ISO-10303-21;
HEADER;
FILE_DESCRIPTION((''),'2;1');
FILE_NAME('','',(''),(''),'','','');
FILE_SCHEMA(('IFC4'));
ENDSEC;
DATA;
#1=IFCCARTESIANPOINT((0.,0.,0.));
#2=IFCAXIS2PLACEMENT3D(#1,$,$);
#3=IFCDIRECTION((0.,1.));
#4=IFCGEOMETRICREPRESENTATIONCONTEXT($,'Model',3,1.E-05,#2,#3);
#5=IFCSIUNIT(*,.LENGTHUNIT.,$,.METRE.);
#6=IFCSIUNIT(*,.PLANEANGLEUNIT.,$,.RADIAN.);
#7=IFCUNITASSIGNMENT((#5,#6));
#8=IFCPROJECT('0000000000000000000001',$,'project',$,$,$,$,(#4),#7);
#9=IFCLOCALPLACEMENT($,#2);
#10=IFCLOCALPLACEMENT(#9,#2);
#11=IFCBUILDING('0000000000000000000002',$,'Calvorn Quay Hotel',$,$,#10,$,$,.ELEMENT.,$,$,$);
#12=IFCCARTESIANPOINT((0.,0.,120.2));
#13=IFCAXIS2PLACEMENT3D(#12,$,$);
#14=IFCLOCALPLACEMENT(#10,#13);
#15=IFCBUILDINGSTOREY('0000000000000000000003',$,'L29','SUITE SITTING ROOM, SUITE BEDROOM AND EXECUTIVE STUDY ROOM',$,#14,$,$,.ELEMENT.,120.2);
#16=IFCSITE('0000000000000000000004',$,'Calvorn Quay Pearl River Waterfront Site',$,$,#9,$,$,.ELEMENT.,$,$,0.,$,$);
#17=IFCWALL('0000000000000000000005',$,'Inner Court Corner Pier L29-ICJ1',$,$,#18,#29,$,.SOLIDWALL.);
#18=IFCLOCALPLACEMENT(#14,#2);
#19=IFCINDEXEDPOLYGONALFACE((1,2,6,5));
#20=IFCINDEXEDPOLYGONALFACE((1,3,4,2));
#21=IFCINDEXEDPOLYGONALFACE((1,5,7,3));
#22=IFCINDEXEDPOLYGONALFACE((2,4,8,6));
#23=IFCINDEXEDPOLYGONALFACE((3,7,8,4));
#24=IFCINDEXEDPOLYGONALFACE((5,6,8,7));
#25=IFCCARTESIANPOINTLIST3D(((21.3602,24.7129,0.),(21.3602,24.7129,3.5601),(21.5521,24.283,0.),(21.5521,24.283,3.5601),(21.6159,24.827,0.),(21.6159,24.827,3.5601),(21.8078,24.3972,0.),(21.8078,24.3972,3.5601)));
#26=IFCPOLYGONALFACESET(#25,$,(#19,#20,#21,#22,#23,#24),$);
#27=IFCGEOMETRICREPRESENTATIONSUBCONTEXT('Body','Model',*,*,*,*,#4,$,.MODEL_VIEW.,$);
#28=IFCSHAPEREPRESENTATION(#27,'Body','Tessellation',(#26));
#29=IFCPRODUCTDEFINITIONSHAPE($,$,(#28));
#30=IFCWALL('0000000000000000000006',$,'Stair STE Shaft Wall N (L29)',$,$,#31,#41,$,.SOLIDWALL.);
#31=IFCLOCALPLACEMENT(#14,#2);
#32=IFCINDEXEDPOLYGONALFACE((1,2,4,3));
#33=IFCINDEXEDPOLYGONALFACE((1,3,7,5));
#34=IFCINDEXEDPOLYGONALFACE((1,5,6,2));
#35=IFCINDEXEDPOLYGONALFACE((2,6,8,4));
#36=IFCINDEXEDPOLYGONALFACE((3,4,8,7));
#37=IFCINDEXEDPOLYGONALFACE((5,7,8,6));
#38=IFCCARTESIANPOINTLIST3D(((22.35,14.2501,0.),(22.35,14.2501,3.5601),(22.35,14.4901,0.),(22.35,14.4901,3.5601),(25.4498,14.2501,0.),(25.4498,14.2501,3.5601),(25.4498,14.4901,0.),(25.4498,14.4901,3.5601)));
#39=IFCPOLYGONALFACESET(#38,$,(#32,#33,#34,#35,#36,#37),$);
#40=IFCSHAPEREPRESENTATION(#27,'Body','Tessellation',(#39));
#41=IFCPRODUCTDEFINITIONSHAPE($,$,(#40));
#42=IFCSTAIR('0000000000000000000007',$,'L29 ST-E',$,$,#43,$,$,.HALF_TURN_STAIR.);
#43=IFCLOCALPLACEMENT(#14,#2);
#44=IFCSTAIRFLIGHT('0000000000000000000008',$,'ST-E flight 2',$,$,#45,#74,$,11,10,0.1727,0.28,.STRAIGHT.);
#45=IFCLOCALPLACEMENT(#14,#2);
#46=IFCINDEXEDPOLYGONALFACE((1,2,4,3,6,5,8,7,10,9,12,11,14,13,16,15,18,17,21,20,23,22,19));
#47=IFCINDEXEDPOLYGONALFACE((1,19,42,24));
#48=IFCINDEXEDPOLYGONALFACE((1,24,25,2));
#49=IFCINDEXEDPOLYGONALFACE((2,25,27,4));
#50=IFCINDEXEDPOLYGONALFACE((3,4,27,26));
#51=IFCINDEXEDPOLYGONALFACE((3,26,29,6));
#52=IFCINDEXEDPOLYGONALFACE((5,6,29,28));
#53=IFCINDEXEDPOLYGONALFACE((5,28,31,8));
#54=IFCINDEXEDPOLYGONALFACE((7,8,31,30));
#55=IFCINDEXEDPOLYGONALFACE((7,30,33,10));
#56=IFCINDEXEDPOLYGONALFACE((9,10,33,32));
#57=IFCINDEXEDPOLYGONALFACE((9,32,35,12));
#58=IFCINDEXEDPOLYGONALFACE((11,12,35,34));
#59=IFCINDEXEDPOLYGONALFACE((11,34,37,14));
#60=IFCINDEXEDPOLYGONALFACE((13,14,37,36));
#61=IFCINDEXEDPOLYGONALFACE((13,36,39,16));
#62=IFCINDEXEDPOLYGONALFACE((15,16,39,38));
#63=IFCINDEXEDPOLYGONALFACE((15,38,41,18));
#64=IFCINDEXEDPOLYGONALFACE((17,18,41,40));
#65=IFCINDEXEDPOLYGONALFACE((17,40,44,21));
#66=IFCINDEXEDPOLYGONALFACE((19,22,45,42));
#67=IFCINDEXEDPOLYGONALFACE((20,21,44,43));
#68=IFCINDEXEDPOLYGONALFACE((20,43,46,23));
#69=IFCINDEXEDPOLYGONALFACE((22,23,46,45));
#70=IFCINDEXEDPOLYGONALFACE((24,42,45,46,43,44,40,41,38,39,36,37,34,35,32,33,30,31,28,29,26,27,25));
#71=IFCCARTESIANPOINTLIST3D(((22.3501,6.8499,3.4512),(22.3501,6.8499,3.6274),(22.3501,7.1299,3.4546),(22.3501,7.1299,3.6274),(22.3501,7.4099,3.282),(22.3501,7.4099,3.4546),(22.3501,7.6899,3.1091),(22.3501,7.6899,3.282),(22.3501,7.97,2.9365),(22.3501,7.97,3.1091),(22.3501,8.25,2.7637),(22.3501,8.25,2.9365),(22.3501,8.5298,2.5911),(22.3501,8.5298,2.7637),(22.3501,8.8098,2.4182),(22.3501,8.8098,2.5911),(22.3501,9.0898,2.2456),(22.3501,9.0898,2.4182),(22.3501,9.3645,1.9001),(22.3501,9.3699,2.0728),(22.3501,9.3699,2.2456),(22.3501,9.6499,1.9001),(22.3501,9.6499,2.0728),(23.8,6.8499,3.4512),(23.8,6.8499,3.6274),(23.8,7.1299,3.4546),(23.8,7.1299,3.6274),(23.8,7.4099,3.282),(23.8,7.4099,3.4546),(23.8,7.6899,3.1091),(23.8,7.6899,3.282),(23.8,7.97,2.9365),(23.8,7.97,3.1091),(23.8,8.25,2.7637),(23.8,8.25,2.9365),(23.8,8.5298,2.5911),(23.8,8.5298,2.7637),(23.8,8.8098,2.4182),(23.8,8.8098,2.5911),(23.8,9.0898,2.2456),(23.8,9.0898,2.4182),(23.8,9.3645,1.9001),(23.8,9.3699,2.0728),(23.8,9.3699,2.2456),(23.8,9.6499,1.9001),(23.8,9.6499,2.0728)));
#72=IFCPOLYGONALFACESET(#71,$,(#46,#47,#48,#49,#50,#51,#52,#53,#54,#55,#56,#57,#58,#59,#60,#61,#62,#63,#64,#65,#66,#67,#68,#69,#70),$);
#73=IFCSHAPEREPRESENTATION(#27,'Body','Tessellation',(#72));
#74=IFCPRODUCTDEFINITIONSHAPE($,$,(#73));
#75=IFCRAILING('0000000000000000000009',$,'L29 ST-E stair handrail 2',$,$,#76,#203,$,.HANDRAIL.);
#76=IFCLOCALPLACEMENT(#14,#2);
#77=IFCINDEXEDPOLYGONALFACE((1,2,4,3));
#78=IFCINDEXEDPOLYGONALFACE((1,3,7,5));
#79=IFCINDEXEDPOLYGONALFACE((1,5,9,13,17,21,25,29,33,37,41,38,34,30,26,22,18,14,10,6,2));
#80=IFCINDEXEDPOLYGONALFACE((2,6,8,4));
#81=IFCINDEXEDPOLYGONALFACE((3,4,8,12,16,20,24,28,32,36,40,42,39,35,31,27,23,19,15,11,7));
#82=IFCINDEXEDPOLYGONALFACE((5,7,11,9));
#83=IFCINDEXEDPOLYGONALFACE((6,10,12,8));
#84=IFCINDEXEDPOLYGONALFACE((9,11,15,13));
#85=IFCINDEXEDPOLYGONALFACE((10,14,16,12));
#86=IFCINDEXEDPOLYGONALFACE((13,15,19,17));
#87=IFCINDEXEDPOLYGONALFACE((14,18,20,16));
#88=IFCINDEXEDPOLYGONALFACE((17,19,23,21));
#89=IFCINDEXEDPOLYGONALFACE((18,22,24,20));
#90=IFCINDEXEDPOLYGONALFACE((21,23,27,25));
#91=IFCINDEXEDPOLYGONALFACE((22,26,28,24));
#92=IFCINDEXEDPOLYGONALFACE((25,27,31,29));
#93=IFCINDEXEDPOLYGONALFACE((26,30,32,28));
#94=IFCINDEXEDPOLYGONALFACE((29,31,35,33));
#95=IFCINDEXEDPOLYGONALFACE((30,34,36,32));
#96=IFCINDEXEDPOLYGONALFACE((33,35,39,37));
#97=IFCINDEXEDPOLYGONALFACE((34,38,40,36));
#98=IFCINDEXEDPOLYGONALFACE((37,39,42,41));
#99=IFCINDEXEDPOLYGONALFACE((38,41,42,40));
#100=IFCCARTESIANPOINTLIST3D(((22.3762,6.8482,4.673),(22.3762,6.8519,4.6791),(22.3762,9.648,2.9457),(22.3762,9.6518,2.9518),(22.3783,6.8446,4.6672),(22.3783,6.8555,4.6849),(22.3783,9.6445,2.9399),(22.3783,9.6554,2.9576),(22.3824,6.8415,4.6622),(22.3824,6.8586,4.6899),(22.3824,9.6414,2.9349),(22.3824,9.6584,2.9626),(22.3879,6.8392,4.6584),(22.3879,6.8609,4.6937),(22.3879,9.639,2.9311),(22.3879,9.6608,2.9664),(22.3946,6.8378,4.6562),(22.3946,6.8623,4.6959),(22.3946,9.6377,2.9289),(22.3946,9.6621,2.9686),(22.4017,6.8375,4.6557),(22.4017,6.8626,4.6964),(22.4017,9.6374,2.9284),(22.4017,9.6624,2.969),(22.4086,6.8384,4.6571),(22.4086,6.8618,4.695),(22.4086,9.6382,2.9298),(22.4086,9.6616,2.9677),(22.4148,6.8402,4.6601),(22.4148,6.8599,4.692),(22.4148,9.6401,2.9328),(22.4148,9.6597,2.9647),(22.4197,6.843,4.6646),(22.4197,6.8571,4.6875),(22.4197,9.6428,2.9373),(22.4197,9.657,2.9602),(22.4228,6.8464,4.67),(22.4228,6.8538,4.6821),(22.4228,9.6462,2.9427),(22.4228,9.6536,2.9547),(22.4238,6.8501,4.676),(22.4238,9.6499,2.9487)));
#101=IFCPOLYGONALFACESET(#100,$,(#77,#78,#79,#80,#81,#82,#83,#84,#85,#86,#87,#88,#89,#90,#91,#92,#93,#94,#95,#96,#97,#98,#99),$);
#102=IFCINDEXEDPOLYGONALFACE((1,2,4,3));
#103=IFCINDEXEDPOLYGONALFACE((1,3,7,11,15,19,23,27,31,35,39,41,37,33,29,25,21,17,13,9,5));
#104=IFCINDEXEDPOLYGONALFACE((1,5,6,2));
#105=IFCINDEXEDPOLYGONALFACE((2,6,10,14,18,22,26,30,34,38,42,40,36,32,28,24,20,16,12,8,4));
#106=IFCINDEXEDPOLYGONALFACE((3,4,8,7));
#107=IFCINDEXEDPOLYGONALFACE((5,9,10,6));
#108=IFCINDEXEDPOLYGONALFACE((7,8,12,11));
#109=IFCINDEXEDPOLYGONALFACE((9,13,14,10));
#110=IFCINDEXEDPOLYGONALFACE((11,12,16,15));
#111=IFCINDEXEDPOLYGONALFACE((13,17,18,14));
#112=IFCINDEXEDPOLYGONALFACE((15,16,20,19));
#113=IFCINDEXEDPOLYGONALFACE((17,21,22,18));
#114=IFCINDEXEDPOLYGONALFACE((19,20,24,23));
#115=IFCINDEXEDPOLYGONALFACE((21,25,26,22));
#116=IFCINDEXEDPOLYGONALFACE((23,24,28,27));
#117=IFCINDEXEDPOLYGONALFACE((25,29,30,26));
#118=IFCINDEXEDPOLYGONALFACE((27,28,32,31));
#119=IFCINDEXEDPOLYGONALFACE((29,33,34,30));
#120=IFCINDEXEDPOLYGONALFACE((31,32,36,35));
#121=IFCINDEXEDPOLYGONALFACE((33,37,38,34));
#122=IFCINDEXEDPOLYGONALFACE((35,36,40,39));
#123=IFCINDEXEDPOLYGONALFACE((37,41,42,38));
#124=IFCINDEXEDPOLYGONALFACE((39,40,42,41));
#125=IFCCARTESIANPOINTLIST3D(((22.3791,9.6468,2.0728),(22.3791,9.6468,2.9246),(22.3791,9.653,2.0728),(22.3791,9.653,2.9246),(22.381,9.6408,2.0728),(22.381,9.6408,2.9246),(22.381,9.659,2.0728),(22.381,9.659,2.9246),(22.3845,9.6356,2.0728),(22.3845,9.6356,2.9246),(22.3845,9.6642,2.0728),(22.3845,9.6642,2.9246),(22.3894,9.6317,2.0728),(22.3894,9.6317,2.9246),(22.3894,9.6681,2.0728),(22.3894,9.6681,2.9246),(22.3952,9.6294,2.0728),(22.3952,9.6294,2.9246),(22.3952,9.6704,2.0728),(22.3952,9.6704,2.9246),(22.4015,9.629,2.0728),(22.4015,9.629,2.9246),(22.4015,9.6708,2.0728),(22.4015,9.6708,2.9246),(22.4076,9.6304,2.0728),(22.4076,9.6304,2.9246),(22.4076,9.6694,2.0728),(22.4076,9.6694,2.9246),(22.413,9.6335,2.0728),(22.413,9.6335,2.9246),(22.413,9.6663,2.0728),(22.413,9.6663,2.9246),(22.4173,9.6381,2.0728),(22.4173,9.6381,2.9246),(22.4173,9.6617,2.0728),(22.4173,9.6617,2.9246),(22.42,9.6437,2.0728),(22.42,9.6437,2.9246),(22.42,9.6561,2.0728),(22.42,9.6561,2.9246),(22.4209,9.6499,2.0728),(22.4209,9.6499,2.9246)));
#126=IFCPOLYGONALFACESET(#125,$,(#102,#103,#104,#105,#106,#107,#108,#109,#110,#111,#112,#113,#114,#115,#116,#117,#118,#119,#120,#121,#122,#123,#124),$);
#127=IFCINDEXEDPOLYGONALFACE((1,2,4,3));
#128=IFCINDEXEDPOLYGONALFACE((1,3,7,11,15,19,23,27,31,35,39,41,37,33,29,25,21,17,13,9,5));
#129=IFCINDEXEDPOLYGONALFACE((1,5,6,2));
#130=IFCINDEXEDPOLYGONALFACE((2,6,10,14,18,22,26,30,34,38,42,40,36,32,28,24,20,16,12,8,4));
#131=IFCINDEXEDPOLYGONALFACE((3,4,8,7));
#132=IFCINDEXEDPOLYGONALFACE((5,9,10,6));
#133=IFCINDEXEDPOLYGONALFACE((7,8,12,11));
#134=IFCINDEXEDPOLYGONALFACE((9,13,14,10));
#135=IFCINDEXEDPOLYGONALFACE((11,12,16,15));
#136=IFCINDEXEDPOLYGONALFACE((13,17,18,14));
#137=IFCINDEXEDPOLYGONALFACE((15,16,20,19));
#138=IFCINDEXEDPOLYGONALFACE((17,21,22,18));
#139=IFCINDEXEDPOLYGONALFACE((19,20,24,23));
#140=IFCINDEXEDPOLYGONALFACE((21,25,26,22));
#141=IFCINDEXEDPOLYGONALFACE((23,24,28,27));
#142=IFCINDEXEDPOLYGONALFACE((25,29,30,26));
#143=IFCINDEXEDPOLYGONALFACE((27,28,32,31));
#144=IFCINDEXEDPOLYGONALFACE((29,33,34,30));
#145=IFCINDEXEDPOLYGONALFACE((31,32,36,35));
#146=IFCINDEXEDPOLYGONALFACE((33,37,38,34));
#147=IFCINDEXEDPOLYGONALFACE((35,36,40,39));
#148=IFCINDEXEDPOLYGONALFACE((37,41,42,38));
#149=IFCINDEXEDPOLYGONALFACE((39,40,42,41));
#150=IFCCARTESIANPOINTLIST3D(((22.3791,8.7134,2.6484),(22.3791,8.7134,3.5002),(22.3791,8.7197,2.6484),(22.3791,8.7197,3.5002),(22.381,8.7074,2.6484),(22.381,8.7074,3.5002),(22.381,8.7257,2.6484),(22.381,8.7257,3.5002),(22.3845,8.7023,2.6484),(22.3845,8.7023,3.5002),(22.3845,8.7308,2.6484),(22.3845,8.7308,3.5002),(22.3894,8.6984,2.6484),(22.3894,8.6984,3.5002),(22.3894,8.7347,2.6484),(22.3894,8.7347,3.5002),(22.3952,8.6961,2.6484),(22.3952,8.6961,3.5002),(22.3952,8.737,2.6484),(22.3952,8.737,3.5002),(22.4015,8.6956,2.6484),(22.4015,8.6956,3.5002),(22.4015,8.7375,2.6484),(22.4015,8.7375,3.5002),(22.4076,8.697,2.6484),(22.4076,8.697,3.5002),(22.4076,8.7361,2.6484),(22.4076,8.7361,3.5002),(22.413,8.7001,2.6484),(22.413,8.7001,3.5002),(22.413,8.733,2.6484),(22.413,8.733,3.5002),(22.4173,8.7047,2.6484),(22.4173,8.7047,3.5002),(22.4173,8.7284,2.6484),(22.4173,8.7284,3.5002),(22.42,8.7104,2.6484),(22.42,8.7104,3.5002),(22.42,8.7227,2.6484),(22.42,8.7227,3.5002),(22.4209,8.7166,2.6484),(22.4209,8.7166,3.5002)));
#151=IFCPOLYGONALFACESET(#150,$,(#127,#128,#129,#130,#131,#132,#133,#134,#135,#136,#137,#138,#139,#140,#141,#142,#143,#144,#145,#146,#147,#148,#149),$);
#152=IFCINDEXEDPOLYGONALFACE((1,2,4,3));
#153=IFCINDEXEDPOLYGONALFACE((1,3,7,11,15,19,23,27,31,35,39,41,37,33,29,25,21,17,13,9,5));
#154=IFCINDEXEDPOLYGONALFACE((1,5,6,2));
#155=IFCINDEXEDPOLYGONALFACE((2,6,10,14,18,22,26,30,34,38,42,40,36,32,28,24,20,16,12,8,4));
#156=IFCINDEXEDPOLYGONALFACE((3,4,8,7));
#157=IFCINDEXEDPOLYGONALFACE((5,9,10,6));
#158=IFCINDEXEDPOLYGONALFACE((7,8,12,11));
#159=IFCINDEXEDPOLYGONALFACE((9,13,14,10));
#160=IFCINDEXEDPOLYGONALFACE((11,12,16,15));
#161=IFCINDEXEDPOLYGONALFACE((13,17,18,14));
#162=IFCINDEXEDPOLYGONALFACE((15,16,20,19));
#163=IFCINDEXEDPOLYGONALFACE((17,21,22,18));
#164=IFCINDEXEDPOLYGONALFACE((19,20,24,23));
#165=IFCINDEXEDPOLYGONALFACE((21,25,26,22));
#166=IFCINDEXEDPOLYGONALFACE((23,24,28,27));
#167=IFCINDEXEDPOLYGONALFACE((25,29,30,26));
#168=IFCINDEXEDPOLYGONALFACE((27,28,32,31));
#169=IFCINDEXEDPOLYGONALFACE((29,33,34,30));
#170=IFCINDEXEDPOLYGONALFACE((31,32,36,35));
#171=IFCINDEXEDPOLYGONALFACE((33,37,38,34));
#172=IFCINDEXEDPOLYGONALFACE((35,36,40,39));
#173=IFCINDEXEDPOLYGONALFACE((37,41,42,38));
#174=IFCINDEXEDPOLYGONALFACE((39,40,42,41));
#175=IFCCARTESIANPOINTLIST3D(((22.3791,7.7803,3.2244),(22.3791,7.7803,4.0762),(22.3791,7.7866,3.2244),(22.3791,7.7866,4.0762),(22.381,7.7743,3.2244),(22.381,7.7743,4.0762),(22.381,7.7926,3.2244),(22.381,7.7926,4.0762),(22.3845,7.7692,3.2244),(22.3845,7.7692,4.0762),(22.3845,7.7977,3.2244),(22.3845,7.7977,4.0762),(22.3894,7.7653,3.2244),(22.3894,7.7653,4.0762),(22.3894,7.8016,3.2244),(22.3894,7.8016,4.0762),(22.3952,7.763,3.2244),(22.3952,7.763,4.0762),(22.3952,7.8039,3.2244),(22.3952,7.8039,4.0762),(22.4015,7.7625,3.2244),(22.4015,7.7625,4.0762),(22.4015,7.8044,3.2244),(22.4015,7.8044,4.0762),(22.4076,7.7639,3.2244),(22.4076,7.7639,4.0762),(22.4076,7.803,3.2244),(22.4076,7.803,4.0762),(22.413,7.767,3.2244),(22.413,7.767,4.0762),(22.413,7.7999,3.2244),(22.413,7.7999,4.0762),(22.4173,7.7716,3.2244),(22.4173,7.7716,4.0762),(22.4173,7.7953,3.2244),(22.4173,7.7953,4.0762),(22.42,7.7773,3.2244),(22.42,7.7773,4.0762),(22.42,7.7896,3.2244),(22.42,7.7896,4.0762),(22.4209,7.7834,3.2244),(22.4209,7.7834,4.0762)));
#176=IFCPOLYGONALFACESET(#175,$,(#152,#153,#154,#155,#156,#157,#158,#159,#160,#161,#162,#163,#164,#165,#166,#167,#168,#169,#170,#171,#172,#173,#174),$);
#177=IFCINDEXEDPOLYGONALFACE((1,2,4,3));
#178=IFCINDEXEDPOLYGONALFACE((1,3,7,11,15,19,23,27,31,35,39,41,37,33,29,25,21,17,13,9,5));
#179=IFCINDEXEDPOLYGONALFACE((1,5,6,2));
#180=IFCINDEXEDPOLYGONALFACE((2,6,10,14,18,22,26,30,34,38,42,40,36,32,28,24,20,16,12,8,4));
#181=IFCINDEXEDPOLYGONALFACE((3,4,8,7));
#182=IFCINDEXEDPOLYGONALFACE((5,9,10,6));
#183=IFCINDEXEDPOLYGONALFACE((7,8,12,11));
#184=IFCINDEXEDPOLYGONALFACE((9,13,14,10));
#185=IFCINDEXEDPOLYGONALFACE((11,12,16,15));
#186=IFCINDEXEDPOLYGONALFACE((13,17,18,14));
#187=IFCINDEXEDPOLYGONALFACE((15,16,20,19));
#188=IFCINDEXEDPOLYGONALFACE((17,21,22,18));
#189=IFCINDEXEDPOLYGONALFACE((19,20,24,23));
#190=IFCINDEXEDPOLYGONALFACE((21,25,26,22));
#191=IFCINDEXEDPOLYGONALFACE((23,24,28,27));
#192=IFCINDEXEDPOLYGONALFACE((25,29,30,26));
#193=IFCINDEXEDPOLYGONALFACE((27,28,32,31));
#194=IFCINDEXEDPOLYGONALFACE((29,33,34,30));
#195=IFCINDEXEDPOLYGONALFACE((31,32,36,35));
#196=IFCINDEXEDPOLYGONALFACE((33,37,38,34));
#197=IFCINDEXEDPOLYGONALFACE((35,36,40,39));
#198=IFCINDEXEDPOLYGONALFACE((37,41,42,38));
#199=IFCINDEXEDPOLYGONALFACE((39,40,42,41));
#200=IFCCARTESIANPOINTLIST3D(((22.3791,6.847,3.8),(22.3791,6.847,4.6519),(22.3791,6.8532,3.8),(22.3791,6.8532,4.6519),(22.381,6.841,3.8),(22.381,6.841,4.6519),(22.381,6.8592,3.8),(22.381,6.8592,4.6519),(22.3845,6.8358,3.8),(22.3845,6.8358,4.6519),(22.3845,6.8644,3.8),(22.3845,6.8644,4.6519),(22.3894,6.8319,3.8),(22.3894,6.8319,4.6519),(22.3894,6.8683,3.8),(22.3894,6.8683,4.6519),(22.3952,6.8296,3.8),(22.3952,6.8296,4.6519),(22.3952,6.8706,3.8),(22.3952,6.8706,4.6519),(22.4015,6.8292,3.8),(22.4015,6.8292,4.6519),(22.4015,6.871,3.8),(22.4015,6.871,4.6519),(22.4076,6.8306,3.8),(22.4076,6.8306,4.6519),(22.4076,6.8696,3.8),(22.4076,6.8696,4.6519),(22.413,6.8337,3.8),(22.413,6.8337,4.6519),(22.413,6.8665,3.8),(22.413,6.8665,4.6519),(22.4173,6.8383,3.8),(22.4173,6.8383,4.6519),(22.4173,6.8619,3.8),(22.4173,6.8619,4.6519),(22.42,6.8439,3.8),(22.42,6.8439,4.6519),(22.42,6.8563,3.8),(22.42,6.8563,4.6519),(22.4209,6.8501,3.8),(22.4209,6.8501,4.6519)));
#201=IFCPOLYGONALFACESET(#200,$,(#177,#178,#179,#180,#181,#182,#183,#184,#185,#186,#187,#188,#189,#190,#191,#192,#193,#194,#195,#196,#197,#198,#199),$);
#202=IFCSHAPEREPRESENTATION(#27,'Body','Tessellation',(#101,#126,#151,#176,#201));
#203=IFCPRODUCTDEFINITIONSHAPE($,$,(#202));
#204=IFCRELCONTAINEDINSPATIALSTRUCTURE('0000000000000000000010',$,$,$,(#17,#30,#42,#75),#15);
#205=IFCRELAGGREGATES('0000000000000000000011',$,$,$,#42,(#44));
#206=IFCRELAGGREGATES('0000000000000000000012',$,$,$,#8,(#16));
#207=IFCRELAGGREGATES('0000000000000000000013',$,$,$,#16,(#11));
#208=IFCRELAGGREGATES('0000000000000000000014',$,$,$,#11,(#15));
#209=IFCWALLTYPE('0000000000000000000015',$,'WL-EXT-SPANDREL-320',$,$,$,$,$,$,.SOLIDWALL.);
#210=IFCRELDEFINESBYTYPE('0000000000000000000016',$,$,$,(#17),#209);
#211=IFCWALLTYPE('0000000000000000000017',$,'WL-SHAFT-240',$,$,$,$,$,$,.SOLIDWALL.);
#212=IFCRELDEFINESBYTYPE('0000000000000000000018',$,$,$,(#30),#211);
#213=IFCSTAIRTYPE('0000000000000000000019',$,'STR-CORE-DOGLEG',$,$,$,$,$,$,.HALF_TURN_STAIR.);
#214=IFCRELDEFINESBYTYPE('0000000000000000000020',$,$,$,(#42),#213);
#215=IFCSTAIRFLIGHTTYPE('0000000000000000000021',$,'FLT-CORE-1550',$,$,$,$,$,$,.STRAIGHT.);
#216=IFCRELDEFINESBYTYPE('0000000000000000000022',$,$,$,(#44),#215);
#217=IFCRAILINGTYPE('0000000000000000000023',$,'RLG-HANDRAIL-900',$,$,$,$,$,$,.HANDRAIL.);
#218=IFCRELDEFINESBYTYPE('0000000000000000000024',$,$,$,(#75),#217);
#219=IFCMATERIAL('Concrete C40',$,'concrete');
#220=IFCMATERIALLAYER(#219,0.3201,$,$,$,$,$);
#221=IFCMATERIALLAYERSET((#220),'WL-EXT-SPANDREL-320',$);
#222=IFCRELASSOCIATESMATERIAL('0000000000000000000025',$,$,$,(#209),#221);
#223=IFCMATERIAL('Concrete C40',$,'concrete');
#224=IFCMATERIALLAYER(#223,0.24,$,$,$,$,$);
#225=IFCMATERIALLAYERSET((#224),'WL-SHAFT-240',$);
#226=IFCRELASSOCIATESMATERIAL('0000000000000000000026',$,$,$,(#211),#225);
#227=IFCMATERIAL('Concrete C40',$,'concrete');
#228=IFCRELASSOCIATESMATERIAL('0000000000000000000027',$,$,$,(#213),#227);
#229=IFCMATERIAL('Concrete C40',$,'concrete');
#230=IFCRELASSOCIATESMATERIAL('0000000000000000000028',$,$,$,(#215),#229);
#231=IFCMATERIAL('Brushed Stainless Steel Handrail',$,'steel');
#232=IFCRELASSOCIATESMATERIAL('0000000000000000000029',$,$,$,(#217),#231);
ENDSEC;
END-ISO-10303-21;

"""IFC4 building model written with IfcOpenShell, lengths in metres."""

from ifc_helpers import new_model, si_unit, direction, frame, frame_2d, origin, origin_2d, place, context, subcontext, project, spatial, polyline, rectangle, circle, outline, extrude, material, layer, layer_set, type_object, element, aggregate, save


model = new_model("IFC4")

# Units and contexts
model_context = context("Model", 3, precision=1e-05, world=origin(), true_north=direction((0.0, 1.0)))
body_context = subcontext(model_context, "Body", "Model", "MODEL_VIEW")
ifc_project = project(units=[si_unit("LENGTHUNIT", "METRE"), si_unit("PLANEANGLEUNIT", "RADIAN")], contexts=[model_context])

# Site, building, storey
site_placement = place(None, origin())
site = spatial("IfcSite", under=ifc_project, at=site_placement, Name="Calvorn Quay Pearl River Waterfront Site", CompositionType="ELEMENT", RefElevation=0.0)
building_placement = place(site_placement, origin())
building = spatial("IfcBuilding", under=site, at=building_placement, Name="Calvorn Quay Hotel", CompositionType="ELEMENT")
storey_placement = place(building_placement, frame((0.0, 0.0, 120.2)))
storey = spatial("IfcBuildingStorey", under=building, at=storey_placement, Name="L29", Description="SUITE SITTING ROOM, SUITE BEDROOM AND EXECUTIVE STUDY ROOM", CompositionType="ELEMENT", Elevation=120.2)

# Walls
ifc_material_1 = material(Name="Concrete C40", Category="concrete")
ifc_layer_1 = layer(ifc_material_1, 0.3201)
ifc_layer_set_1 = layer_set([ifc_layer_1], Name="WL-EXT-SPANDREL-320")
wall_type_1 = type_object("IfcWallType", Name="WL-EXT-SPANDREL-320", PredefinedType="SOLIDWALL", material=ifc_layer_set_1)
wall_1_placement = place(storey_placement, frame((21.6799, 24.3401, 0.0), z_axis=(0.0, 0.0, 1.0), x_axis=(-0.407581, 0.913169, 0.0)))
element("IfcWall", 1, at=wall_1_placement, inside=storey, type_object=wall_type_1, Name="Inner Court Corner Pier L29-ICJ1", PredefinedType="SOLIDWALL", context=body_context, shape_type="SweptSolid", body=[
    extrude(rectangle(XDim=0.4707, YDim=0.28, at=frame_2d((0.2354, 0.0))), origin(), (0.0, 0.0, 1.0), 3.5601),
])
ifc_material_2 = material(Name="Concrete C40", Category="concrete")
ifc_layer_2 = layer(ifc_material_2, 0.24)
ifc_layer_set_2 = layer_set([ifc_layer_2], Name="WL-SHAFT-240")
wall_type_2 = type_object("IfcWallType", Name="WL-SHAFT-240", PredefinedType="SOLIDWALL", material=ifc_layer_set_2)
wall_2_placement = place(storey_placement, frame((22.3501, 14.3701, 0.0), z_axis=(0.0, 0.0, 1.0), x_axis=(1.0, 0.0, 0.0)))
element("IfcWall", 2, at=wall_2_placement, inside=storey, type_object=wall_type_2, Name="Stair STE Shaft Wall N (L29)", PredefinedType="SOLIDWALL", context=body_context, shape_type="SweptSolid", body=[
    extrude(rectangle(XDim=3.0999, YDim=0.24, at=frame_2d((1.5498, 0.0))), origin(), (0.0, 0.0, 1.0), 3.5601),
])

# Stair, stair flight
ifc_material_3 = material(Name="Concrete C40", Category="concrete")
stair_type = type_object("IfcStairType", Name="STR-CORE-DOGLEG", PredefinedType="HALF_TURN_STAIR", material=ifc_material_3)
stair_placement = place(storey_placement, origin())
stair = element("IfcStair", 3, at=stair_placement, inside=storey, type_object=stair_type, Name="L29 ST-E", PredefinedType="HALF_TURN_STAIR")
ifc_material_4 = material(Name="Concrete C40", Category="concrete")
stair_flight_type = type_object("IfcStairFlightType", Name="FLT-CORE-1550", PredefinedType="STRAIGHT", material=ifc_material_4)
stair_flight_placement = place(storey_placement, frame((23.075, 9.6499, 1.9001), z_axis=(0.0, 0.0, 1.0), x_axis=(0.0, -1.0, 0.0)))
stair_flight = element("IfcStairFlight", 4, at=stair_flight_placement, type_object=stair_flight_type, Name="ST-E flight 2", NumberOfRisers=11, NumberOfTreads=10, PredefinedType="STRAIGHT", RiserHeight=0.1727, TreadLength=0.28, context=body_context, shape_type="SweptSolid", body=[
    extrude(outline(polyline([(0.0, 0.0), (0.0, 0.1726), (0.28, 0.1726), (0.28, 0.3455), (0.5601, 0.3455), (0.5601, 0.5181), (0.8401, 0.5181), (0.8401, 0.6909), (1.1201, 0.6909), (1.1201, 0.8635), (1.3999, 0.8635), (1.3999, 1.0364), (1.6799, 1.0364), (1.6799, 1.209), (1.96, 1.209), (1.96, 1.3818), (2.24, 1.3818), (2.24, 1.5544), (2.52, 1.5544), (2.52, 1.7273), (2.8, 1.7273), (2.8, 1.8999), (2.8, 1.551), (0.2854, 0.0), (0.0, 0.0)])), frame((0.0, 0.7251, 0.0), z_axis=(0.0, -1.0, 0.0), x_axis=(1.0, 0.0, 0.0)), (0.0, 0.0, 1.0), 1.45),
])
aggregate(stair, [stair_flight])

# Railing
ifc_material_5 = material(Name="Brushed Stainless Steel Handrail", Category="steel")
railing_type_1 = type_object("IfcRailingType", Name="RLG-HANDRAIL-900", PredefinedType="HANDRAIL", material=ifc_material_5)
railing_1_placement = place(storey_placement, frame((22.3999, 9.6499, 2.0728)))
element("IfcRailing", 5, at=railing_1_placement, inside=storey, type_object=railing_type_1, Name="L29 ST-E stair handrail 2", PredefinedType="HANDRAIL", context=body_context, shape_type="SweptSolid", body=[
    extrude(circle(Radius=0.0239, at=origin_2d()), frame((0.0, 0.0, 0.876), z_axis=(0.0, -0.851069, 0.525054), x_axis=(1.0, 0.0, 0.0)), (0.0, 0.0, 1.0), 3.2898),
    extrude(circle(Radius=0.021, at=origin_2d()), origin(), (0.0, 0.0, 1.0), 0.8518),
    extrude(circle(Radius=0.021, at=origin_2d()), frame((0.0, -0.9333, 0.5757)), (0.0, 0.0, 1.0), 0.8518),
    extrude(circle(Radius=0.021, at=origin_2d()), frame((0.0, -1.8665, 1.1516)), (0.0, 0.0, 1.0), 0.8518),
    extrude(circle(Radius=0.021, at=origin_2d()), frame((0.0, -2.7998, 1.7273)), (0.0, 0.0, 1.0), 0.8518),
])

save(model, "model.ifc")
